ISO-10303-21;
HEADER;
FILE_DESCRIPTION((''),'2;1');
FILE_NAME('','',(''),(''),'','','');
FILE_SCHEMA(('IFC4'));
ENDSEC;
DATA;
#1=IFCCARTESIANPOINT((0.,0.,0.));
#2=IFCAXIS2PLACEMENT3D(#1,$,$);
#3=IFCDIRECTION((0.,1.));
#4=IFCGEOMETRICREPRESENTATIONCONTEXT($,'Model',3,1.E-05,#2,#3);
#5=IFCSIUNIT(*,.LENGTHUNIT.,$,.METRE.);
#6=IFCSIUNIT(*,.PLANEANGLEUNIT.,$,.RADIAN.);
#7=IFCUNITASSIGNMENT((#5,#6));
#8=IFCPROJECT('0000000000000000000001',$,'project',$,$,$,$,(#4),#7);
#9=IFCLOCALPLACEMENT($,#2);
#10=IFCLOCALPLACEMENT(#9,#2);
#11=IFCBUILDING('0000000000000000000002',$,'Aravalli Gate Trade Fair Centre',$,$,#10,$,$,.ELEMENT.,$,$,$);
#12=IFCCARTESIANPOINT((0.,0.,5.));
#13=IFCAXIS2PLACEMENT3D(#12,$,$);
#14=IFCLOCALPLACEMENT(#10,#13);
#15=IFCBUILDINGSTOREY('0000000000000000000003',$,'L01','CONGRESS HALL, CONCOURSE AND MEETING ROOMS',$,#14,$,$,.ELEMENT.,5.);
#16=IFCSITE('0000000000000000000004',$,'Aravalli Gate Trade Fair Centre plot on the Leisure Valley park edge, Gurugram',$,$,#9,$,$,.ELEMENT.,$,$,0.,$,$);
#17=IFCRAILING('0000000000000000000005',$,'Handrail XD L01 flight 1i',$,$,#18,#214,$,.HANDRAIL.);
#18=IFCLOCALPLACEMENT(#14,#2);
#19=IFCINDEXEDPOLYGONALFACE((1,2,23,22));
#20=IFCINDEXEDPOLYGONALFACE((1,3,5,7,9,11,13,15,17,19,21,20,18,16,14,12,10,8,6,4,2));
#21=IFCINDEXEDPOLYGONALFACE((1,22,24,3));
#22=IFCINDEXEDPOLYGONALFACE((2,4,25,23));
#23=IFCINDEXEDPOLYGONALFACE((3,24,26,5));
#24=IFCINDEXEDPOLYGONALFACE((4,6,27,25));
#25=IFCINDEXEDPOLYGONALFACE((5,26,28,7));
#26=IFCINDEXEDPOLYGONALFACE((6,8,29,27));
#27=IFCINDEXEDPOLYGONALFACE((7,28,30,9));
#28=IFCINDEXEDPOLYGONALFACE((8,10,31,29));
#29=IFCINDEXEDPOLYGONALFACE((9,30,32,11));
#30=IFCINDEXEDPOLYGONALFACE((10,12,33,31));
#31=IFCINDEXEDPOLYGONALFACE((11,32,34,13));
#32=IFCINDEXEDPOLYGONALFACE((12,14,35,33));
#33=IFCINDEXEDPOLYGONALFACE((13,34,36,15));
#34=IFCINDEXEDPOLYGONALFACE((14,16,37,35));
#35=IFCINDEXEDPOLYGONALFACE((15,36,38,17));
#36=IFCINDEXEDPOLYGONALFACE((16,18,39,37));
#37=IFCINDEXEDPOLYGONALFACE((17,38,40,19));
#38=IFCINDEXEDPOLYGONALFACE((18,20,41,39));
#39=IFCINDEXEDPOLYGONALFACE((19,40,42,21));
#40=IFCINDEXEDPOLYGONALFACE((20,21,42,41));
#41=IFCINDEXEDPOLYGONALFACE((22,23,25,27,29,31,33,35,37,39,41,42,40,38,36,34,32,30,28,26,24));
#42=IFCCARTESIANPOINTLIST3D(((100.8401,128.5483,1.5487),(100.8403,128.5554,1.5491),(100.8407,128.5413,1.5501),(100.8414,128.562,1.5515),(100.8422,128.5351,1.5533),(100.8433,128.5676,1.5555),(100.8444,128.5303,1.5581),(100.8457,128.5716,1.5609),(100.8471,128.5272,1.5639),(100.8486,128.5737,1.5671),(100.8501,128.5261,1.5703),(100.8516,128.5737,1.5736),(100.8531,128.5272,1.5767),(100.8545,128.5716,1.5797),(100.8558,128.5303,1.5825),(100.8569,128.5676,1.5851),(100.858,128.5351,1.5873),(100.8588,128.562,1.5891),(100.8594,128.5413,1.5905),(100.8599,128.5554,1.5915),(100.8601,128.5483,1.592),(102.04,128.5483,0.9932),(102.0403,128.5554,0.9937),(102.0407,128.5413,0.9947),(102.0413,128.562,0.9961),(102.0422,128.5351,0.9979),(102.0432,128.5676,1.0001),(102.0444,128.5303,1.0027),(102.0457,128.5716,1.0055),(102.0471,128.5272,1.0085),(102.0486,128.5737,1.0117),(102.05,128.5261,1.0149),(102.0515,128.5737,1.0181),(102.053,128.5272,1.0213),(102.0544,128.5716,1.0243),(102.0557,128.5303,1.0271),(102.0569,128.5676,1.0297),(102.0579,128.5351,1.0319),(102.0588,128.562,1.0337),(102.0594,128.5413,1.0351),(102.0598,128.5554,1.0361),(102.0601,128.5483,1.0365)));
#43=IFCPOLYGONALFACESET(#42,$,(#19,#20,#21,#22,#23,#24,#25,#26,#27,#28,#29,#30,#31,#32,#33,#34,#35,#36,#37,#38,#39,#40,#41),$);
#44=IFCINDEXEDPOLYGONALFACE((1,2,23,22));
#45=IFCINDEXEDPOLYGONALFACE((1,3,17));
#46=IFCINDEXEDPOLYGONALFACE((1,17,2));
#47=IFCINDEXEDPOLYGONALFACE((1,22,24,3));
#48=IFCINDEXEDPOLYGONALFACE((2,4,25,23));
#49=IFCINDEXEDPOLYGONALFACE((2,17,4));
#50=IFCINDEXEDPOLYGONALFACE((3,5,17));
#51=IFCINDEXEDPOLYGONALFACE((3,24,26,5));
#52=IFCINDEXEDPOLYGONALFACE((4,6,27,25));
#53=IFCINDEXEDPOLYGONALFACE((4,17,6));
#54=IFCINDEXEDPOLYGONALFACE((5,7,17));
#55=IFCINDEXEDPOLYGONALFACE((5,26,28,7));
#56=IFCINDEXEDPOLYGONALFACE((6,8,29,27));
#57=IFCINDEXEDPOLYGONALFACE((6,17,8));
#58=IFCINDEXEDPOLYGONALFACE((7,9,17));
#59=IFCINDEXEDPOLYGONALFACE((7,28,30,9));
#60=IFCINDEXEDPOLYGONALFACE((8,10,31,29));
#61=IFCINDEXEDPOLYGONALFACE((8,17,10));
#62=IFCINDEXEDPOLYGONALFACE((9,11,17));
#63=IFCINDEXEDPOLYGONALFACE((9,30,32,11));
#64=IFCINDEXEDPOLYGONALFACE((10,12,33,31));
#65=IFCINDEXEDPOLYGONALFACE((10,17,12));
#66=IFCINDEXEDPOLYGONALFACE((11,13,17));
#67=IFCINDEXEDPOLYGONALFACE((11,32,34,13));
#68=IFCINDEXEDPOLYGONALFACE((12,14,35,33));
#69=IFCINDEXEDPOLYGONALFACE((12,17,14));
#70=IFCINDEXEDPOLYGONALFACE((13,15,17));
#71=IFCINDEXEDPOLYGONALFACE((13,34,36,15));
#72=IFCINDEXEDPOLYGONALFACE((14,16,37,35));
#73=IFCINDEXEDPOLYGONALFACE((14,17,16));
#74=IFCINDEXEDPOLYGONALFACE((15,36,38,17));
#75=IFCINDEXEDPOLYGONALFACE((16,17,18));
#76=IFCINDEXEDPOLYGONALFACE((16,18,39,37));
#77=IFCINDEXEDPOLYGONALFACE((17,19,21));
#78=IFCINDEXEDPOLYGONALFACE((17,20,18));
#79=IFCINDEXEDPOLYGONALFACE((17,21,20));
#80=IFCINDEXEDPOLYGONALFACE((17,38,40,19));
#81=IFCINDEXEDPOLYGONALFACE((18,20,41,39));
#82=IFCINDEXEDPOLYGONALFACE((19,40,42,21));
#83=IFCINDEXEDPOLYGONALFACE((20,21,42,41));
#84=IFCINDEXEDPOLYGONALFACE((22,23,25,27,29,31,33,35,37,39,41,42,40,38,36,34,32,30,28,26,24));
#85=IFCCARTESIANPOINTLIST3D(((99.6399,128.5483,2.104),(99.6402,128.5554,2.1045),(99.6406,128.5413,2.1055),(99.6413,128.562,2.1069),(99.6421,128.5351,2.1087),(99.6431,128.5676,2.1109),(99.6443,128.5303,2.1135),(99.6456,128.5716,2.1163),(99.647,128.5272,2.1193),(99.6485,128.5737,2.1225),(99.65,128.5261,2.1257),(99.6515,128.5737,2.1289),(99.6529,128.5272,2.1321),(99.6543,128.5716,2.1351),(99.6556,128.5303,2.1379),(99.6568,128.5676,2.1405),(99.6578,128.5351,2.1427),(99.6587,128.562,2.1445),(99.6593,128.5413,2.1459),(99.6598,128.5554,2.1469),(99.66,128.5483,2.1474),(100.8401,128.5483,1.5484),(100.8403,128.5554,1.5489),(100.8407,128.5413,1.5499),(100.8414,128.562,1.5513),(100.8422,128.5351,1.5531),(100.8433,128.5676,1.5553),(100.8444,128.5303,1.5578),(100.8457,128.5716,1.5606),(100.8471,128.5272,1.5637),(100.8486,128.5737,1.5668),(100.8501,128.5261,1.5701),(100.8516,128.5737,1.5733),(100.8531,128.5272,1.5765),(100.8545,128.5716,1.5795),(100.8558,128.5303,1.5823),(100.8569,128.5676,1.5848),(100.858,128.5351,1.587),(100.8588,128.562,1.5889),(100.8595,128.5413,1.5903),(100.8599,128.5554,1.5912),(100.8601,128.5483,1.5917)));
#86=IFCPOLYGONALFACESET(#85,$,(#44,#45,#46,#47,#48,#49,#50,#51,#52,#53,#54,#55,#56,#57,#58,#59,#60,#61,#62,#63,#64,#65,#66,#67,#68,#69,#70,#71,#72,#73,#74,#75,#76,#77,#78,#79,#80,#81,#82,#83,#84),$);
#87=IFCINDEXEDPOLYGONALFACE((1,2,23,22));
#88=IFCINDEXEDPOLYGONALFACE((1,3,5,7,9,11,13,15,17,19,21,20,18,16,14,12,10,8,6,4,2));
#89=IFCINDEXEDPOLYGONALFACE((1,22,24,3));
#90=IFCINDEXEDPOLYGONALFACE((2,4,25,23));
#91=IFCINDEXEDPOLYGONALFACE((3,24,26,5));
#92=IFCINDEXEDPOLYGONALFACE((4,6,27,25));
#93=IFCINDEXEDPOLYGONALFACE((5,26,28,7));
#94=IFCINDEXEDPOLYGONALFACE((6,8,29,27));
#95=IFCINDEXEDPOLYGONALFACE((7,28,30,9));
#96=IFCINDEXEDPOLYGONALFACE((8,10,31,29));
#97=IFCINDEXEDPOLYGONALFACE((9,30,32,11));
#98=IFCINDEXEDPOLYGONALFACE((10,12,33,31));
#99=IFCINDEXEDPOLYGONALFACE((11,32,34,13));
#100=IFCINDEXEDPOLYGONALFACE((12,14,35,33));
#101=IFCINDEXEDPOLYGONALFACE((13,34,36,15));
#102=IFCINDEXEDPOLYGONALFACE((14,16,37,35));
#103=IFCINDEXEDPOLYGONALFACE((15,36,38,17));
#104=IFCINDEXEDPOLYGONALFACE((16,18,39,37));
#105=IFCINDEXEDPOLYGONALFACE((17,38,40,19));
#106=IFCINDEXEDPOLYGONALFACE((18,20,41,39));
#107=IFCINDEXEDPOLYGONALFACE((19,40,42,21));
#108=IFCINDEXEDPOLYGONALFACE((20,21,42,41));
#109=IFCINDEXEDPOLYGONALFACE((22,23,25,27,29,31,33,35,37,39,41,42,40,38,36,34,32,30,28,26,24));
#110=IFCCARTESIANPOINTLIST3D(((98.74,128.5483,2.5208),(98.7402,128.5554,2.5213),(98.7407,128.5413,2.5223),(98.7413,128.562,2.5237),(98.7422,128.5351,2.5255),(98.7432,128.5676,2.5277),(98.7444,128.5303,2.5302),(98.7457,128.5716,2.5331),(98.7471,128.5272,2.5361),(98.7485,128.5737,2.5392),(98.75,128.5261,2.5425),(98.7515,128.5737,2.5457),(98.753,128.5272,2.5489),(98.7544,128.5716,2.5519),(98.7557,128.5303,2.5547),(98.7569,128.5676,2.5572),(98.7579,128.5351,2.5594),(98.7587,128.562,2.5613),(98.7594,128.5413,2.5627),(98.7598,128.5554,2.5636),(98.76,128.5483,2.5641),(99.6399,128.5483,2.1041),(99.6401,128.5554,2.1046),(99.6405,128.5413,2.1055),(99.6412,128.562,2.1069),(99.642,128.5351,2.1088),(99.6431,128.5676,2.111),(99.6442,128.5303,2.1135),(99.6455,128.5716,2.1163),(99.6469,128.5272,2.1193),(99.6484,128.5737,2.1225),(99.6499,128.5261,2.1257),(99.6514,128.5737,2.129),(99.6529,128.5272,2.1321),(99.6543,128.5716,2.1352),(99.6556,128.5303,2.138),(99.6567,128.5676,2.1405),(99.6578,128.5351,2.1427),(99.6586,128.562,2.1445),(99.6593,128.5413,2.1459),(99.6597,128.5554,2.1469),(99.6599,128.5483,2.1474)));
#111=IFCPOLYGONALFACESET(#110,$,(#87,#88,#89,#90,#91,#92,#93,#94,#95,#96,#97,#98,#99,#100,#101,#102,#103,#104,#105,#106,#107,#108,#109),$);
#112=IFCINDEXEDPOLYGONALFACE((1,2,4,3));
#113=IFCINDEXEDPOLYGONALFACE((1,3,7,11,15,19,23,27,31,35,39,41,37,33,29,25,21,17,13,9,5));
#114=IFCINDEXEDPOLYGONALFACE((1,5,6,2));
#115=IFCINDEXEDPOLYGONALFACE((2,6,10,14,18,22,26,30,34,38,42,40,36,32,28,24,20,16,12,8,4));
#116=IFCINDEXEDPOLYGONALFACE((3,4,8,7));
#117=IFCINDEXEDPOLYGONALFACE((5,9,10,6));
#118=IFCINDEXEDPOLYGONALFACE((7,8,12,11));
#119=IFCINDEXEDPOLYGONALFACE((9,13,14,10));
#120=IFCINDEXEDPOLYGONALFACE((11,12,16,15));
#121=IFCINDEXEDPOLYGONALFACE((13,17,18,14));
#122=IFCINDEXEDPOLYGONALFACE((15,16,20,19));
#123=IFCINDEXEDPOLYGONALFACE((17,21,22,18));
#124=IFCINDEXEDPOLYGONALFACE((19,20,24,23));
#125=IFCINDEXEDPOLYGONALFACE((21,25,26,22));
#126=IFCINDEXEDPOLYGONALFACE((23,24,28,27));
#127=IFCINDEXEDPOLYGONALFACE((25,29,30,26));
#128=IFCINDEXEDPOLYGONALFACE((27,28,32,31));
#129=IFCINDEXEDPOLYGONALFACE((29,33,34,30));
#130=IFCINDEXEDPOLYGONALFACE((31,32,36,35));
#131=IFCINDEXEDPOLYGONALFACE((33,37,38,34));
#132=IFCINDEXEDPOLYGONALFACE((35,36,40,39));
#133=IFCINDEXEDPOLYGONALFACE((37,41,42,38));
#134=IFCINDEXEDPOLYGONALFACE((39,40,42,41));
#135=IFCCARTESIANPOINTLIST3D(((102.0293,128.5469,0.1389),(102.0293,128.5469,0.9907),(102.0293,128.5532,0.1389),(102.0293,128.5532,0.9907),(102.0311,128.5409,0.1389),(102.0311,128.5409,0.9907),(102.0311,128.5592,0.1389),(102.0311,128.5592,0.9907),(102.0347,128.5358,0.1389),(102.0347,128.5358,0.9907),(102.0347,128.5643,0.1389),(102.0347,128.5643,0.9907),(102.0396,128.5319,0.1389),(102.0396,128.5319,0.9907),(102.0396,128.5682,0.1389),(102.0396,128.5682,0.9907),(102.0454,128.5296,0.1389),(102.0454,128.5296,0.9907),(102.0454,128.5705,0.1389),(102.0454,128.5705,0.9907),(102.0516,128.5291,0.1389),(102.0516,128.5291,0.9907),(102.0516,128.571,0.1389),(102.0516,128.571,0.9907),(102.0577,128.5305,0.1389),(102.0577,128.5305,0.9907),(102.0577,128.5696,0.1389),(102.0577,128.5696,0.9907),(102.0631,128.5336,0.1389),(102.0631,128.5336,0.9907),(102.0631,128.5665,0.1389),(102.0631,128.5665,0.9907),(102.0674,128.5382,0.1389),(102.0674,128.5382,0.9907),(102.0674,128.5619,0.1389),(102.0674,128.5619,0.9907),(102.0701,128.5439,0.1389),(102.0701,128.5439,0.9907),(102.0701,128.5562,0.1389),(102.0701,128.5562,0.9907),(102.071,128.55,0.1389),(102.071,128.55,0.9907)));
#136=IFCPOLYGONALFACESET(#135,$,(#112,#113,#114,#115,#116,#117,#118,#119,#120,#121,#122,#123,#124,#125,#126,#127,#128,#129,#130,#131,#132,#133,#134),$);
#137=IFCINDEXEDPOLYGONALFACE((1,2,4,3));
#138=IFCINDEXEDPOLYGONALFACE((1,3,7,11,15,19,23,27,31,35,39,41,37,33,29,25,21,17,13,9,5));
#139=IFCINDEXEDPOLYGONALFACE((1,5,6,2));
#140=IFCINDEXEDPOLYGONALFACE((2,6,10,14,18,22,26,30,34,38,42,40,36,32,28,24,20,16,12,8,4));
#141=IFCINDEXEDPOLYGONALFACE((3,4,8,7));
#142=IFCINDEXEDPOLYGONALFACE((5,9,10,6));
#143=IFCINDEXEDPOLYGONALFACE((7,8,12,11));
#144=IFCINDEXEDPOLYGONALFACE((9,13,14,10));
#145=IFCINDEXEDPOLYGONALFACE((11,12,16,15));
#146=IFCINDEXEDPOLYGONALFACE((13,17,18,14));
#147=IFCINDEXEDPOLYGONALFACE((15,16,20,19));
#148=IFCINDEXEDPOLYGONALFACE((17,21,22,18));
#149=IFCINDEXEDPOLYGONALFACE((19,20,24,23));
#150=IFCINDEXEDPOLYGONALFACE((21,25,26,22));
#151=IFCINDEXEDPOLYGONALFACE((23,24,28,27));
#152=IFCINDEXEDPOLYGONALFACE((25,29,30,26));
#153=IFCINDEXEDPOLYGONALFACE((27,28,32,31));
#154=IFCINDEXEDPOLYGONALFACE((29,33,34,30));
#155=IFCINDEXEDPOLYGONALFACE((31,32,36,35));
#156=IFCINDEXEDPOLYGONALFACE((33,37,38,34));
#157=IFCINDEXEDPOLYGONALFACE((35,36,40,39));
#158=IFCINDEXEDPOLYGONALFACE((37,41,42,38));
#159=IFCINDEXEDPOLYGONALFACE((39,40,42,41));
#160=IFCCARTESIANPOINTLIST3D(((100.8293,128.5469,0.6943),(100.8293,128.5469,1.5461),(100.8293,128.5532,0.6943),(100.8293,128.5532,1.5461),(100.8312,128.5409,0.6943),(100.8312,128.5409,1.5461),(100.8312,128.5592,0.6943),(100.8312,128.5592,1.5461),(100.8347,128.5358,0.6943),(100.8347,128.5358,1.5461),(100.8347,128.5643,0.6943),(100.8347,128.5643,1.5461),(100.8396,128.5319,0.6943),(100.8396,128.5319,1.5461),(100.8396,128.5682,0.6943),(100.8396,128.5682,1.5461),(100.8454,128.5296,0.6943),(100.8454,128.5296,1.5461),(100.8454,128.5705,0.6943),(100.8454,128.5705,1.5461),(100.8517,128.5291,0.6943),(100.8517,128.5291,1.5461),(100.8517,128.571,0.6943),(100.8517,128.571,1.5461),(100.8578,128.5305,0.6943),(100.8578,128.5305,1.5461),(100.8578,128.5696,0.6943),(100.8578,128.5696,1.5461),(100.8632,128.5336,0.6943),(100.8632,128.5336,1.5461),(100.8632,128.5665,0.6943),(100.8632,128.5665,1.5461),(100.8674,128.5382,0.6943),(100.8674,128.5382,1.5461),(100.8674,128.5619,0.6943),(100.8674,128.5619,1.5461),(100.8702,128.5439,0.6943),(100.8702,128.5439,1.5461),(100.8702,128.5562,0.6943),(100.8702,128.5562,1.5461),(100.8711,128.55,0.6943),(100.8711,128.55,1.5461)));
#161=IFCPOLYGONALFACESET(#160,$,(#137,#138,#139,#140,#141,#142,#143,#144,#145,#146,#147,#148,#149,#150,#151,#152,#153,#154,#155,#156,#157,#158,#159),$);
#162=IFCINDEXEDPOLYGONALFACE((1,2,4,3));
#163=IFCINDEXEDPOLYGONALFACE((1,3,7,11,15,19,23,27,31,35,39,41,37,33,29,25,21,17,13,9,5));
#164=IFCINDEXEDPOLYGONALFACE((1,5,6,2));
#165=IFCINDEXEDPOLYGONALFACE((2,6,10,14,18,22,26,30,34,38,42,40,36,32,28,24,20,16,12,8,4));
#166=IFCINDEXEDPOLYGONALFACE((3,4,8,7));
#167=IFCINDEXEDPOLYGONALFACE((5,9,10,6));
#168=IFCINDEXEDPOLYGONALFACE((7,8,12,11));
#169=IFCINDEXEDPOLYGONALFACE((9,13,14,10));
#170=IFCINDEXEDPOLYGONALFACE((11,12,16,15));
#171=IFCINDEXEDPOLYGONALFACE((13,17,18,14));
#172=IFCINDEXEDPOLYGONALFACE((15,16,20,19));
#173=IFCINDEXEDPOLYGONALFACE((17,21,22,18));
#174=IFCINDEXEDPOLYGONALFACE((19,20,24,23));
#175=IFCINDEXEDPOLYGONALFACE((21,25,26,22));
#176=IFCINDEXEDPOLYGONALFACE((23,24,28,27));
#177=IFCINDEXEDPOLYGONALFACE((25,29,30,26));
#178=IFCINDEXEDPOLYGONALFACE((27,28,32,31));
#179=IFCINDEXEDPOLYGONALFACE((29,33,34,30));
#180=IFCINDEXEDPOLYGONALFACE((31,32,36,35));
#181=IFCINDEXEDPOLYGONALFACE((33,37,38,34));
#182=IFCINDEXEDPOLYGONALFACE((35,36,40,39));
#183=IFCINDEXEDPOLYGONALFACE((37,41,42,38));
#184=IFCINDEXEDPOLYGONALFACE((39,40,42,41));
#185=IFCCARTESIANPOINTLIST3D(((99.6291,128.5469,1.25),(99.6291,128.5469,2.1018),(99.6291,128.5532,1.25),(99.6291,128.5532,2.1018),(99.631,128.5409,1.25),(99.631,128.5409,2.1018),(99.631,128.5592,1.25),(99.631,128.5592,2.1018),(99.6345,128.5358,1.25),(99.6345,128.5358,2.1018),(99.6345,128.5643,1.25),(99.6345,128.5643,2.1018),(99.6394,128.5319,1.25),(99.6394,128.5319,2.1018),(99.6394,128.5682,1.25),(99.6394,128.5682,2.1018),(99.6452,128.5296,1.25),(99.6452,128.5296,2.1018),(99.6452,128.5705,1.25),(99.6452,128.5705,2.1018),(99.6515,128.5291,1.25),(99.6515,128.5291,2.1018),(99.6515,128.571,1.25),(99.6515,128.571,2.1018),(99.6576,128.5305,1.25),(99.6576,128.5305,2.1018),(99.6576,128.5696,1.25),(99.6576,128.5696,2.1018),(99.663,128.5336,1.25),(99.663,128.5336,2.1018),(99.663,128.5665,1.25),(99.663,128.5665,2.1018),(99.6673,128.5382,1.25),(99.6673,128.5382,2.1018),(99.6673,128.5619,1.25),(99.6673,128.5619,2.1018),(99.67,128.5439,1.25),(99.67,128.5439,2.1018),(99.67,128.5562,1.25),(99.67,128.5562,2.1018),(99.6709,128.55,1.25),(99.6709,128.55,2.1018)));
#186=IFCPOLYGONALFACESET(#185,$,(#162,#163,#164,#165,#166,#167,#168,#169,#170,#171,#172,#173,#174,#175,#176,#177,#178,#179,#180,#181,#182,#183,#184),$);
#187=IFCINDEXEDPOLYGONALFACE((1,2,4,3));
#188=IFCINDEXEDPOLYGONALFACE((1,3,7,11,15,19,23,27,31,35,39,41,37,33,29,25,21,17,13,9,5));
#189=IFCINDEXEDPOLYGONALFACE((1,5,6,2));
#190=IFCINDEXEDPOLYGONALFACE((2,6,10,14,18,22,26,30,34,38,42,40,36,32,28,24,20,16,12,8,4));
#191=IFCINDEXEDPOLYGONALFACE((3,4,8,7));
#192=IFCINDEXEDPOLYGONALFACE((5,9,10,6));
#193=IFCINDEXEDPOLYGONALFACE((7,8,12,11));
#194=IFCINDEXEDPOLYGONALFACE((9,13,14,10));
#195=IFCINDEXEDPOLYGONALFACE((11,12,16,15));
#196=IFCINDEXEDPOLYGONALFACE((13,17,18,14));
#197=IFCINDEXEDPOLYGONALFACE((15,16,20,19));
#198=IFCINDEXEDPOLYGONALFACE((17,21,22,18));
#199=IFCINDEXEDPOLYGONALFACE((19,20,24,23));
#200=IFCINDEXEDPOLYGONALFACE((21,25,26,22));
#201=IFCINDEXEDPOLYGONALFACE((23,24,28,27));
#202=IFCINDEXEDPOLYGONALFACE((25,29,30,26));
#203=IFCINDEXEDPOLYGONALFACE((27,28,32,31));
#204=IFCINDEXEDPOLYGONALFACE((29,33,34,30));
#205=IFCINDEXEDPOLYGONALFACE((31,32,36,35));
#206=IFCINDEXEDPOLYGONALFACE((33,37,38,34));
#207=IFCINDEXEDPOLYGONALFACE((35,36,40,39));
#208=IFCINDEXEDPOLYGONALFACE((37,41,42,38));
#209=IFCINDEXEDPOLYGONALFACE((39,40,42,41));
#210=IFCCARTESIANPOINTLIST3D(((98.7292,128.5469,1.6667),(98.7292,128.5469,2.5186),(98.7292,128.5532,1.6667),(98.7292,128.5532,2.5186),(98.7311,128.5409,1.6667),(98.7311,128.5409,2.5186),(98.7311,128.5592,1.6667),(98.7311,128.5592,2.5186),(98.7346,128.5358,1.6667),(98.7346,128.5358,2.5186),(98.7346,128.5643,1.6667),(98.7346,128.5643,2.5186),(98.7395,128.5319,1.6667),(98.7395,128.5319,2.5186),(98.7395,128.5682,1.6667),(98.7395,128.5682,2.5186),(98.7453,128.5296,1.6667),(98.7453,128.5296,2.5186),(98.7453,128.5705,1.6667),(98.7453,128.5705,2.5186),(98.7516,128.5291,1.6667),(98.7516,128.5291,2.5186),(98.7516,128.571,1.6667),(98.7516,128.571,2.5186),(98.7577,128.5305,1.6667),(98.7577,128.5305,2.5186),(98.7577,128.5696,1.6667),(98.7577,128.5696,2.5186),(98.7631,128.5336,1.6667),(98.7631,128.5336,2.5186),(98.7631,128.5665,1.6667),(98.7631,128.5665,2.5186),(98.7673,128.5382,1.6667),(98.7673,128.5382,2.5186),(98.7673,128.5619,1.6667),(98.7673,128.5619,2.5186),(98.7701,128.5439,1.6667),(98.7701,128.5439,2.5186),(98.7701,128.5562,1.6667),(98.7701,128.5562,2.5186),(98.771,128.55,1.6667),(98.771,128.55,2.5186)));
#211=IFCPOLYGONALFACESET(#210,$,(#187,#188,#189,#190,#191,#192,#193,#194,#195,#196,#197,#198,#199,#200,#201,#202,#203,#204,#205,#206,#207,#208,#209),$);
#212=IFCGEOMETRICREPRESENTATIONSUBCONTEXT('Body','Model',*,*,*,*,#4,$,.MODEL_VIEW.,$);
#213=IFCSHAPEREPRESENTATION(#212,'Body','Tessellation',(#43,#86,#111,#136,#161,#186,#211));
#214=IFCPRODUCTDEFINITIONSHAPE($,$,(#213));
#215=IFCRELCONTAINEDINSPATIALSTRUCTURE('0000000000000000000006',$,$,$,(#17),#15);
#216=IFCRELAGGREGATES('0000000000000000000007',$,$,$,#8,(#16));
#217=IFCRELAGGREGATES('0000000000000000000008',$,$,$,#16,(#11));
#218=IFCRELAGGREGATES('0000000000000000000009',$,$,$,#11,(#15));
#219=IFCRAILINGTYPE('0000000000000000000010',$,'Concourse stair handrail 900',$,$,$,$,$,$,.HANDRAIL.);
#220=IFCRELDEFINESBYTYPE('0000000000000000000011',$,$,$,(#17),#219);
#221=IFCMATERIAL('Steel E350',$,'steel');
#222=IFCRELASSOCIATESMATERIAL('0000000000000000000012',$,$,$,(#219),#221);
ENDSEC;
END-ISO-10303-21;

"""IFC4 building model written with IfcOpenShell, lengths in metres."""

from ifc_helpers import new_model, si_unit, direction, frame, origin, origin_2d, place, context, subcontext, project, spatial, circle, extrude, material, type_object, element, save


model = new_model("IFC4")

# Units and contexts
model_context = context("Model", 3, precision=1e-05, world=origin(), true_north=direction((0.0, 1.0)))
body_context = subcontext(model_context, "Body", "Model", "MODEL_VIEW")
ifc_project = project(units=[si_unit("LENGTHUNIT", "METRE"), si_unit("PLANEANGLEUNIT", "RADIAN")], contexts=[model_context])

# Site, building, storey
site_placement = place(None, origin())
site = spatial("IfcSite", under=ifc_project, at=site_placement, Name="Aravalli Gate Trade Fair Centre plot on the Leisure Valley park edge, Gurugram", CompositionType="ELEMENT", RefElevation=0.0)
building_placement = place(site_placement, origin())
building = spatial("IfcBuilding", under=site, at=building_placement, Name="Aravalli Gate Trade Fair Centre", CompositionType="ELEMENT")
storey_placement = place(building_placement, frame((0.0, 0.0, 5.0)))
storey = spatial("IfcBuildingStorey", under=building, at=storey_placement, Name="L01", Description="CONGRESS HALL, CONCOURSE AND MEETING ROOMS", CompositionType="ELEMENT", Elevation=5.0)

# Shared definitions
ifc_material_1 = material(Name="Steel E350", Category="steel")

# Railing
railing_type_1 = type_object("IfcRailingType", Name="Concourse stair handrail 900", PredefinedType="HANDRAIL", material=ifc_material_1)
for number, where, name in (
    (1, (102.05, 128.55, 0.1389), "Handrail XD L01 flight 1i"),
):
    element("IfcRailing", number, at=place(storey_placement, frame(where)), inside=storey, type_object=railing_type_1, Name=name, PredefinedType="HANDRAIL", context=body_context, shape_type="SweptSolid", body=[
        extrude(circle(Radius=0.0239, at=origin_2d()), frame((0.0, 0.0, 0.876), z_axis=(-0.907499, 0.0, 0.420053), x_axis=(0.0, -1.0, 0.0)), (0.0, 0.0, 1.0), 1.3223),
        extrude(circle(Radius=0.0239, at=origin_2d()), frame((-1.2, 0.0, 1.4312), z_axis=(-0.907462, 0.0, 0.420135), x_axis=(0.0, -1.0, 0.0)), (0.0, 0.0, 1.0), 1.3225),
        extrude(circle(Radius=0.0239, at=origin_2d()), frame((-2.4001, 0.0, 1.9868), z_axis=(-0.907418, 0.0, 0.420229), x_axis=(0.0, -1.0, 0.0)), (0.0, 0.0, 1.0), 0.9917),
        extrude(circle(Radius=0.021, at=origin_2d()), origin(), (0.0, 0.0, 1.0), 0.8518),
        extrude(circle(Radius=0.021, at=origin_2d()), frame((-1.2, 0.0, 0.5554)), (0.0, 0.0, 1.0), 0.8518),
        extrude(circle(Radius=0.021, at=origin_2d()), frame((-2.4001, 0.0, 1.1111)), (0.0, 0.0, 1.0), 0.8518),
        extrude(circle(Radius=0.021, at=origin_2d()), frame((-3.3, 0.0, 1.5278)), (0.0, 0.0, 1.0), 0.8518),
    ])

save(model, "model.ifc")
